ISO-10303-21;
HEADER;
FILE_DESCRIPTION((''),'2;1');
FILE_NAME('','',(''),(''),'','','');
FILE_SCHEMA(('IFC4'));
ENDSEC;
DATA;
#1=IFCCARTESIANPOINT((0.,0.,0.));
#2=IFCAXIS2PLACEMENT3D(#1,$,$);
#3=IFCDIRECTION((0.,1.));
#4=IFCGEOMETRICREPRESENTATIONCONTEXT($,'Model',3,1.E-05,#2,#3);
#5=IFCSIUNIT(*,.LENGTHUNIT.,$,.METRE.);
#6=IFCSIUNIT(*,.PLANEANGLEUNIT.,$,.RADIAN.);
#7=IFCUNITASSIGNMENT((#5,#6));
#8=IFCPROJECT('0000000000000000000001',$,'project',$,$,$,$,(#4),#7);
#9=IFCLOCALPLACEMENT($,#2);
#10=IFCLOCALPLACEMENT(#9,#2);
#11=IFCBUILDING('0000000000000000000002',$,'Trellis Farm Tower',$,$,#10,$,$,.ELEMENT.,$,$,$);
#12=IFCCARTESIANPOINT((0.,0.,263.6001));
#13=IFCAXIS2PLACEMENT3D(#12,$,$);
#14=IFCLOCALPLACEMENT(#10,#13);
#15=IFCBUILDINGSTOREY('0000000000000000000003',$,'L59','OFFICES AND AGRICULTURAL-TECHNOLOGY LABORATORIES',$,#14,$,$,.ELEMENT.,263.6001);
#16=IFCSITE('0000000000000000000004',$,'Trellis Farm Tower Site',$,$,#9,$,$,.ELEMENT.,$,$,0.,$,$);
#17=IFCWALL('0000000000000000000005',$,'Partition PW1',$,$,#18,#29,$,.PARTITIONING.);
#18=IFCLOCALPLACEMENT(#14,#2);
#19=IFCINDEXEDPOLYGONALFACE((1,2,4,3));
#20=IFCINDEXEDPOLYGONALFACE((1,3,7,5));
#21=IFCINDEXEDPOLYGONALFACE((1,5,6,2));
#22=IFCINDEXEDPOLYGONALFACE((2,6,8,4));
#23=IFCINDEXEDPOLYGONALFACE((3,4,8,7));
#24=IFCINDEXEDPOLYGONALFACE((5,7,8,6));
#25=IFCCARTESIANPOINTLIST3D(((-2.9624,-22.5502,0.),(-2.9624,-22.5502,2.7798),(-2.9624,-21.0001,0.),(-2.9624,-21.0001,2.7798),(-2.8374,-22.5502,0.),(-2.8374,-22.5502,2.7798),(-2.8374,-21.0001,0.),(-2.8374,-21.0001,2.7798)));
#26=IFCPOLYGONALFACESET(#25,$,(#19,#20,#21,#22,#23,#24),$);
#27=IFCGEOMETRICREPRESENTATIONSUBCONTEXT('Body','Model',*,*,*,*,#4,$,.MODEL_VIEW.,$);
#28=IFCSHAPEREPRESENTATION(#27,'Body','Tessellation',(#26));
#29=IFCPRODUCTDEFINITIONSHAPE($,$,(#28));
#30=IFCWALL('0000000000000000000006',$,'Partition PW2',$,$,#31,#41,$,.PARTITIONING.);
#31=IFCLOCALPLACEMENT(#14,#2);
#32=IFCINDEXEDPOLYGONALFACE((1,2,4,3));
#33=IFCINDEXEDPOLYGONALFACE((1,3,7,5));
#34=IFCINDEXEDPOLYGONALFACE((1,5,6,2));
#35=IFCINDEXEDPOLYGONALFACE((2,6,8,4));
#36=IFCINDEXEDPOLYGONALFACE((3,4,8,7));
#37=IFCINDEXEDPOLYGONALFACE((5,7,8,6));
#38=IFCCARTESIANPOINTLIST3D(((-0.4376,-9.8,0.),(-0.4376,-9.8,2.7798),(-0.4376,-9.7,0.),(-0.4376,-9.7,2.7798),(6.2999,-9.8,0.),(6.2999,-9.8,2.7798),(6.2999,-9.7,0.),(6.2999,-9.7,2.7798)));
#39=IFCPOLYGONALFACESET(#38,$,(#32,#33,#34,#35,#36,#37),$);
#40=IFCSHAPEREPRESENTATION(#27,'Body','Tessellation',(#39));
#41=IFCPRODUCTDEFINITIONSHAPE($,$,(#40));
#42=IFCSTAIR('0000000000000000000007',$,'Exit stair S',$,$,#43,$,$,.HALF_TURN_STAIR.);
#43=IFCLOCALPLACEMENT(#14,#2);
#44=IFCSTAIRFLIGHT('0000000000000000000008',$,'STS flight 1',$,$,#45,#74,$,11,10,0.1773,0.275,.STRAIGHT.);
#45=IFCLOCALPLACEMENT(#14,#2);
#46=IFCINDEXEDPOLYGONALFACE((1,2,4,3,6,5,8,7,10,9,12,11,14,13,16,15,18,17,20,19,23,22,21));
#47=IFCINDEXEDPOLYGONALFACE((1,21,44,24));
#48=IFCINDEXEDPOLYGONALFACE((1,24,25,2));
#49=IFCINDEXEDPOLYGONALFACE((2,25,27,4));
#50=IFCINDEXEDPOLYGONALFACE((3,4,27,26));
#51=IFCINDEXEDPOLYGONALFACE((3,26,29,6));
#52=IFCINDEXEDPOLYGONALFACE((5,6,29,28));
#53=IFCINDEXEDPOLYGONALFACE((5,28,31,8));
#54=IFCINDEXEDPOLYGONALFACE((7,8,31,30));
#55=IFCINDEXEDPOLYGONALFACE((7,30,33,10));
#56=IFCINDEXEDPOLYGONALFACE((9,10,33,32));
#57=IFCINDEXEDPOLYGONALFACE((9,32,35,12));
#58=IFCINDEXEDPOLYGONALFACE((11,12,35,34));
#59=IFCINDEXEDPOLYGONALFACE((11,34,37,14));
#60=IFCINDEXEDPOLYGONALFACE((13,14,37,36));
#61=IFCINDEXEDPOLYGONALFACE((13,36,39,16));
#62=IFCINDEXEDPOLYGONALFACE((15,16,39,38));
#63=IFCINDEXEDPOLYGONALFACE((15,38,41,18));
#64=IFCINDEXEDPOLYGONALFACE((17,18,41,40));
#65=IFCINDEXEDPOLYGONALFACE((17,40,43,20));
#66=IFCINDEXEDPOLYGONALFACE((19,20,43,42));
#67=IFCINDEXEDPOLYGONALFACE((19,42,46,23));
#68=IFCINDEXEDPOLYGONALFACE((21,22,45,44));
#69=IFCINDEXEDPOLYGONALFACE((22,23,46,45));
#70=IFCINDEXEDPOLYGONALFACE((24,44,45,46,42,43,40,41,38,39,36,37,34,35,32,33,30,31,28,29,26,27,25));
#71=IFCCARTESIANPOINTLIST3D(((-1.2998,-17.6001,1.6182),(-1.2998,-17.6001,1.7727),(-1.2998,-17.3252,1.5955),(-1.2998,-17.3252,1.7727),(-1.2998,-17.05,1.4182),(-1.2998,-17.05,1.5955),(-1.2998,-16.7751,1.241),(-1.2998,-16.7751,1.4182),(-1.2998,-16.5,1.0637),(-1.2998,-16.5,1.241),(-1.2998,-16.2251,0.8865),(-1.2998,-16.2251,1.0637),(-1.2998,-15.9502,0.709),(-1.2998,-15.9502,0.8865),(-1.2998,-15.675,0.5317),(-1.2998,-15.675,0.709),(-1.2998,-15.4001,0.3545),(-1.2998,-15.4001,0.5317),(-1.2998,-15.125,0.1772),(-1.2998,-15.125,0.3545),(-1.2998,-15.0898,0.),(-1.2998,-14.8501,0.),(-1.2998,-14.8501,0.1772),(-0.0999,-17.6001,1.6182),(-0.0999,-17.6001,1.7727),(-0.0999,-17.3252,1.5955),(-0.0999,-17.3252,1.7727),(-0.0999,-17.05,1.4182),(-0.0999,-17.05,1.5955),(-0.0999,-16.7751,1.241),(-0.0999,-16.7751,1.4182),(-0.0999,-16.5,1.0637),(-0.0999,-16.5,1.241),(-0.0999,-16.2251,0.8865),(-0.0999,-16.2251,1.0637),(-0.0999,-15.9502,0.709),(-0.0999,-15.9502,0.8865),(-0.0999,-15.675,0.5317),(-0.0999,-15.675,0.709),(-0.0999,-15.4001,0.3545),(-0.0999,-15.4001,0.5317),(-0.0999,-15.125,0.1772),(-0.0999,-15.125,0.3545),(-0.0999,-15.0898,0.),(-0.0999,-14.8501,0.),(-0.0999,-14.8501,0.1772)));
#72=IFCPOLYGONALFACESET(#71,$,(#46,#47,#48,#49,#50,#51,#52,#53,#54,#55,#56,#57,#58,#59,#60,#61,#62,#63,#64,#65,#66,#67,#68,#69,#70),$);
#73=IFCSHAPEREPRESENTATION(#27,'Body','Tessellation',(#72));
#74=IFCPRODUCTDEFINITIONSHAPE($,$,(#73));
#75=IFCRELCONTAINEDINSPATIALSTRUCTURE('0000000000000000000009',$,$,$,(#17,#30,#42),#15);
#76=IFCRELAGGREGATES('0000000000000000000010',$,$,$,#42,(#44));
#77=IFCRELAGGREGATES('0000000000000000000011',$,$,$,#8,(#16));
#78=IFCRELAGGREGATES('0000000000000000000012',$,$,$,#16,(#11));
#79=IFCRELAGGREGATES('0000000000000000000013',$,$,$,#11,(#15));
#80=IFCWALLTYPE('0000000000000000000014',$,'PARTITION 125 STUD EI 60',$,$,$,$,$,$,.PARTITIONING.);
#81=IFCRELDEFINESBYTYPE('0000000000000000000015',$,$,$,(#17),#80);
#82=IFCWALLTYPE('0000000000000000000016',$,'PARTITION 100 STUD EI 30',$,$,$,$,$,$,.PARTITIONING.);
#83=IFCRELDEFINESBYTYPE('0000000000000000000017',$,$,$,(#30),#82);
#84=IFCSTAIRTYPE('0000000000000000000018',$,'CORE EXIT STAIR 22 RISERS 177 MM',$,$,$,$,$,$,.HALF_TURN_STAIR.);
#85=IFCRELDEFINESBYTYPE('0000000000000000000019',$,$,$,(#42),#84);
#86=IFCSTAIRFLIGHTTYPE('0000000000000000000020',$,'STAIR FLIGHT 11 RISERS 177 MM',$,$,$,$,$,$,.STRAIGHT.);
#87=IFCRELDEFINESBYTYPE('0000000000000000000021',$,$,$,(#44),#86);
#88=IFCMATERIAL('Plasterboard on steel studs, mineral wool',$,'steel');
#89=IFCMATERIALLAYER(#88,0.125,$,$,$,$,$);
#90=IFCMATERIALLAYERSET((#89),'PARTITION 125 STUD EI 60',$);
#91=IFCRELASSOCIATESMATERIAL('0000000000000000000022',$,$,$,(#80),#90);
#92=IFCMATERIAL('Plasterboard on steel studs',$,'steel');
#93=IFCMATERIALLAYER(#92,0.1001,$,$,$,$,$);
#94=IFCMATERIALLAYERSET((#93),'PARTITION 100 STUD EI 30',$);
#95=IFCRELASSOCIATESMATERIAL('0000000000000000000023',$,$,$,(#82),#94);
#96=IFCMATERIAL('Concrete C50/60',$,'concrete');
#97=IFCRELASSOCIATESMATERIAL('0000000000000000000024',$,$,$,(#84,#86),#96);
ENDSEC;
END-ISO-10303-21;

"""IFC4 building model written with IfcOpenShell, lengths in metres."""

from ifc_helpers import new_model, si_unit, direction, frame, frame_2d, origin, place, context, subcontext, project, spatial, polyline, rectangle, outline, extrude, source, transform, mapped, material, layer, layer_set, type_object, element, aggregate, save


model = new_model("IFC4")

# Units and contexts
model_context = context("Model", 3, precision=1e-05, world=origin(), true_north=direction((0.0, 1.0)))
body_context = subcontext(model_context, "Body", "Model", "MODEL_VIEW")
ifc_project = project(units=[si_unit("LENGTHUNIT", "METRE"), si_unit("PLANEANGLEUNIT", "RADIAN")], contexts=[model_context])

# Site, building, storey
site_placement = place(None, origin())
site = spatial("IfcSite", under=ifc_project, at=site_placement, Name="Trellis Farm Tower Site", CompositionType="ELEMENT", RefElevation=0.0)
building_placement = place(site_placement, origin())
building = spatial("IfcBuilding", under=site, at=building_placement, Name="Trellis Farm Tower", CompositionType="ELEMENT")
storey_placement = place(building_placement, frame((0.0, 0.0, 263.6001)))
storey = spatial("IfcBuildingStorey", under=building, at=storey_placement, Name="L59", Description="OFFICES AND AGRICULTURAL-TECHNOLOGY LABORATORIES", CompositionType="ELEMENT", Elevation=263.6001)

# Shared definitions
placement = place(storey_placement, origin())

# Shared definitions
ifc_material_1 = material(Name="Plasterboard on steel studs, mineral wool", Category="steel")
ifc_layer_1 = layer(ifc_material_1, 0.125)
ifc_layer_set_1 = layer_set([ifc_layer_1], Name="PARTITION 125 STUD EI 60")
wall_type_1 = type_object("IfcWallType", Name="PARTITION 125 STUD EI 60", PredefinedType="PARTITIONING", material=ifc_layer_set_1)

# Walls
ifc_material_2 = material(Name="Plasterboard on steel studs", Category="steel")
ifc_layer_2 = layer(ifc_material_2, 0.1001)
ifc_layer_set_2 = layer_set([ifc_layer_2], Name="PARTITION 100 STUD EI 30")
wall_type_2 = type_object("IfcWallType", Name="PARTITION 100 STUD EI 30", PredefinedType="PARTITIONING", material=ifc_layer_set_2)
shared_shape_1 = source(origin(), body_context, "Body", "SweptSolid", [
    extrude(rectangle(XDim=1.55, YDim=0.125, at=frame_2d((0.7749, 0.0))), origin(), (0.0, 0.0, 1.0), 2.7798),
])
wall_1_placement = place(storey_placement, frame((-2.8999, -22.55, 0.0), z_axis=(0.0, 0.0, 1.0), x_axis=(0.0, 1.0, 0.0)))
element("IfcWall", 1, at=wall_1_placement, inside=storey, type_object=wall_type_1, Name="Partition PW1", PredefinedType="PARTITIONING", context=body_context, shape_type="MappedRepresentation", body=[
    mapped(shared_shape_1, transform((0.0, 0.0, 0.0))),
])
shared_shape_2 = source(origin(), body_context, "Body", "SweptSolid", [
    extrude(rectangle(XDim=6.7375, YDim=0.1001, at=frame_2d((3.3687, 0.0))), origin(), (0.0, 0.0, 1.0), 2.7798),
])
wall_2_placement = place(storey_placement, frame((-0.4375, -9.75, 0.0), z_axis=(0.0, 0.0, 1.0), x_axis=(1.0, 0.0, 0.0)))
element("IfcWall", 2, at=wall_2_placement, inside=storey, type_object=wall_type_2, Name="Partition PW2", PredefinedType="PARTITIONING", context=body_context, shape_type="MappedRepresentation", body=[
    mapped(shared_shape_2, transform((0.0, 0.0, 0.0))),
])

# Stair, stair flight
ifc_material_3 = material(Name="Concrete C50/60", Category="concrete")
stair_type = type_object("IfcStairType", Name="CORE EXIT STAIR 22 RISERS 177 MM", PredefinedType="HALF_TURN_STAIR", material=ifc_material_3)
stair = element("IfcStair", 3, at=placement, inside=storey, type_object=stair_type, Name="Exit stair S", PredefinedType="HALF_TURN_STAIR")
stair_flight_type = type_object("IfcStairFlightType", Name="STAIR FLIGHT 11 RISERS 177 MM", PredefinedType="STRAIGHT", material=ifc_material_3)
shared_shape_3 = source(origin(), body_context, "Body", "SweptSolid", [
    extrude(outline(polyline([(0.0, 0.0), (0.0, 0.1772), (0.2749, 0.1772), (0.2749, 0.3545), (0.55, 0.3545), (0.55, 0.5317), (0.825, 0.5317), (0.825, 0.709), (1.1001, 0.709), (1.1001, 0.8865), (1.375, 0.8865), (1.375, 1.0637), (1.6499, 1.0637), (1.6499, 1.241), (1.925, 1.241), (1.925, 1.4182), (2.2, 1.4182), (2.2, 1.5955), (2.4751, 1.5955), (2.4751, 1.7727), (2.75, 1.7727), (2.75, 1.95), (2.75, 1.6182), (0.2397, 0.0), (0.0, 0.0)])), frame((0.0, 0.6001, 0.0), z_axis=(0.0, -1.0, 0.0), x_axis=(1.0, 0.0, 0.0)), (0.0, 0.0, 1.0), 1.2),
])
stair_flight_placement = place(storey_placement, frame((-0.7, -14.8501, 0.0), z_axis=(0.0, 0.0, 1.0), x_axis=(0.0, -1.0, 0.0)))
stair_flight = element("IfcStairFlight", 4, at=stair_flight_placement, type_object=stair_flight_type, Name="STS flight 1", NumberOfRisers=11, NumberOfTreads=10, PredefinedType="STRAIGHT", RiserHeight=0.1773, TreadLength=0.275, context=body_context, shape_type="MappedRepresentation", body=[
    mapped(shared_shape_3, transform((0.0, 0.0, 0.0))),
])
aggregate(stair, [stair_flight])

save(model, "model.ifc")
